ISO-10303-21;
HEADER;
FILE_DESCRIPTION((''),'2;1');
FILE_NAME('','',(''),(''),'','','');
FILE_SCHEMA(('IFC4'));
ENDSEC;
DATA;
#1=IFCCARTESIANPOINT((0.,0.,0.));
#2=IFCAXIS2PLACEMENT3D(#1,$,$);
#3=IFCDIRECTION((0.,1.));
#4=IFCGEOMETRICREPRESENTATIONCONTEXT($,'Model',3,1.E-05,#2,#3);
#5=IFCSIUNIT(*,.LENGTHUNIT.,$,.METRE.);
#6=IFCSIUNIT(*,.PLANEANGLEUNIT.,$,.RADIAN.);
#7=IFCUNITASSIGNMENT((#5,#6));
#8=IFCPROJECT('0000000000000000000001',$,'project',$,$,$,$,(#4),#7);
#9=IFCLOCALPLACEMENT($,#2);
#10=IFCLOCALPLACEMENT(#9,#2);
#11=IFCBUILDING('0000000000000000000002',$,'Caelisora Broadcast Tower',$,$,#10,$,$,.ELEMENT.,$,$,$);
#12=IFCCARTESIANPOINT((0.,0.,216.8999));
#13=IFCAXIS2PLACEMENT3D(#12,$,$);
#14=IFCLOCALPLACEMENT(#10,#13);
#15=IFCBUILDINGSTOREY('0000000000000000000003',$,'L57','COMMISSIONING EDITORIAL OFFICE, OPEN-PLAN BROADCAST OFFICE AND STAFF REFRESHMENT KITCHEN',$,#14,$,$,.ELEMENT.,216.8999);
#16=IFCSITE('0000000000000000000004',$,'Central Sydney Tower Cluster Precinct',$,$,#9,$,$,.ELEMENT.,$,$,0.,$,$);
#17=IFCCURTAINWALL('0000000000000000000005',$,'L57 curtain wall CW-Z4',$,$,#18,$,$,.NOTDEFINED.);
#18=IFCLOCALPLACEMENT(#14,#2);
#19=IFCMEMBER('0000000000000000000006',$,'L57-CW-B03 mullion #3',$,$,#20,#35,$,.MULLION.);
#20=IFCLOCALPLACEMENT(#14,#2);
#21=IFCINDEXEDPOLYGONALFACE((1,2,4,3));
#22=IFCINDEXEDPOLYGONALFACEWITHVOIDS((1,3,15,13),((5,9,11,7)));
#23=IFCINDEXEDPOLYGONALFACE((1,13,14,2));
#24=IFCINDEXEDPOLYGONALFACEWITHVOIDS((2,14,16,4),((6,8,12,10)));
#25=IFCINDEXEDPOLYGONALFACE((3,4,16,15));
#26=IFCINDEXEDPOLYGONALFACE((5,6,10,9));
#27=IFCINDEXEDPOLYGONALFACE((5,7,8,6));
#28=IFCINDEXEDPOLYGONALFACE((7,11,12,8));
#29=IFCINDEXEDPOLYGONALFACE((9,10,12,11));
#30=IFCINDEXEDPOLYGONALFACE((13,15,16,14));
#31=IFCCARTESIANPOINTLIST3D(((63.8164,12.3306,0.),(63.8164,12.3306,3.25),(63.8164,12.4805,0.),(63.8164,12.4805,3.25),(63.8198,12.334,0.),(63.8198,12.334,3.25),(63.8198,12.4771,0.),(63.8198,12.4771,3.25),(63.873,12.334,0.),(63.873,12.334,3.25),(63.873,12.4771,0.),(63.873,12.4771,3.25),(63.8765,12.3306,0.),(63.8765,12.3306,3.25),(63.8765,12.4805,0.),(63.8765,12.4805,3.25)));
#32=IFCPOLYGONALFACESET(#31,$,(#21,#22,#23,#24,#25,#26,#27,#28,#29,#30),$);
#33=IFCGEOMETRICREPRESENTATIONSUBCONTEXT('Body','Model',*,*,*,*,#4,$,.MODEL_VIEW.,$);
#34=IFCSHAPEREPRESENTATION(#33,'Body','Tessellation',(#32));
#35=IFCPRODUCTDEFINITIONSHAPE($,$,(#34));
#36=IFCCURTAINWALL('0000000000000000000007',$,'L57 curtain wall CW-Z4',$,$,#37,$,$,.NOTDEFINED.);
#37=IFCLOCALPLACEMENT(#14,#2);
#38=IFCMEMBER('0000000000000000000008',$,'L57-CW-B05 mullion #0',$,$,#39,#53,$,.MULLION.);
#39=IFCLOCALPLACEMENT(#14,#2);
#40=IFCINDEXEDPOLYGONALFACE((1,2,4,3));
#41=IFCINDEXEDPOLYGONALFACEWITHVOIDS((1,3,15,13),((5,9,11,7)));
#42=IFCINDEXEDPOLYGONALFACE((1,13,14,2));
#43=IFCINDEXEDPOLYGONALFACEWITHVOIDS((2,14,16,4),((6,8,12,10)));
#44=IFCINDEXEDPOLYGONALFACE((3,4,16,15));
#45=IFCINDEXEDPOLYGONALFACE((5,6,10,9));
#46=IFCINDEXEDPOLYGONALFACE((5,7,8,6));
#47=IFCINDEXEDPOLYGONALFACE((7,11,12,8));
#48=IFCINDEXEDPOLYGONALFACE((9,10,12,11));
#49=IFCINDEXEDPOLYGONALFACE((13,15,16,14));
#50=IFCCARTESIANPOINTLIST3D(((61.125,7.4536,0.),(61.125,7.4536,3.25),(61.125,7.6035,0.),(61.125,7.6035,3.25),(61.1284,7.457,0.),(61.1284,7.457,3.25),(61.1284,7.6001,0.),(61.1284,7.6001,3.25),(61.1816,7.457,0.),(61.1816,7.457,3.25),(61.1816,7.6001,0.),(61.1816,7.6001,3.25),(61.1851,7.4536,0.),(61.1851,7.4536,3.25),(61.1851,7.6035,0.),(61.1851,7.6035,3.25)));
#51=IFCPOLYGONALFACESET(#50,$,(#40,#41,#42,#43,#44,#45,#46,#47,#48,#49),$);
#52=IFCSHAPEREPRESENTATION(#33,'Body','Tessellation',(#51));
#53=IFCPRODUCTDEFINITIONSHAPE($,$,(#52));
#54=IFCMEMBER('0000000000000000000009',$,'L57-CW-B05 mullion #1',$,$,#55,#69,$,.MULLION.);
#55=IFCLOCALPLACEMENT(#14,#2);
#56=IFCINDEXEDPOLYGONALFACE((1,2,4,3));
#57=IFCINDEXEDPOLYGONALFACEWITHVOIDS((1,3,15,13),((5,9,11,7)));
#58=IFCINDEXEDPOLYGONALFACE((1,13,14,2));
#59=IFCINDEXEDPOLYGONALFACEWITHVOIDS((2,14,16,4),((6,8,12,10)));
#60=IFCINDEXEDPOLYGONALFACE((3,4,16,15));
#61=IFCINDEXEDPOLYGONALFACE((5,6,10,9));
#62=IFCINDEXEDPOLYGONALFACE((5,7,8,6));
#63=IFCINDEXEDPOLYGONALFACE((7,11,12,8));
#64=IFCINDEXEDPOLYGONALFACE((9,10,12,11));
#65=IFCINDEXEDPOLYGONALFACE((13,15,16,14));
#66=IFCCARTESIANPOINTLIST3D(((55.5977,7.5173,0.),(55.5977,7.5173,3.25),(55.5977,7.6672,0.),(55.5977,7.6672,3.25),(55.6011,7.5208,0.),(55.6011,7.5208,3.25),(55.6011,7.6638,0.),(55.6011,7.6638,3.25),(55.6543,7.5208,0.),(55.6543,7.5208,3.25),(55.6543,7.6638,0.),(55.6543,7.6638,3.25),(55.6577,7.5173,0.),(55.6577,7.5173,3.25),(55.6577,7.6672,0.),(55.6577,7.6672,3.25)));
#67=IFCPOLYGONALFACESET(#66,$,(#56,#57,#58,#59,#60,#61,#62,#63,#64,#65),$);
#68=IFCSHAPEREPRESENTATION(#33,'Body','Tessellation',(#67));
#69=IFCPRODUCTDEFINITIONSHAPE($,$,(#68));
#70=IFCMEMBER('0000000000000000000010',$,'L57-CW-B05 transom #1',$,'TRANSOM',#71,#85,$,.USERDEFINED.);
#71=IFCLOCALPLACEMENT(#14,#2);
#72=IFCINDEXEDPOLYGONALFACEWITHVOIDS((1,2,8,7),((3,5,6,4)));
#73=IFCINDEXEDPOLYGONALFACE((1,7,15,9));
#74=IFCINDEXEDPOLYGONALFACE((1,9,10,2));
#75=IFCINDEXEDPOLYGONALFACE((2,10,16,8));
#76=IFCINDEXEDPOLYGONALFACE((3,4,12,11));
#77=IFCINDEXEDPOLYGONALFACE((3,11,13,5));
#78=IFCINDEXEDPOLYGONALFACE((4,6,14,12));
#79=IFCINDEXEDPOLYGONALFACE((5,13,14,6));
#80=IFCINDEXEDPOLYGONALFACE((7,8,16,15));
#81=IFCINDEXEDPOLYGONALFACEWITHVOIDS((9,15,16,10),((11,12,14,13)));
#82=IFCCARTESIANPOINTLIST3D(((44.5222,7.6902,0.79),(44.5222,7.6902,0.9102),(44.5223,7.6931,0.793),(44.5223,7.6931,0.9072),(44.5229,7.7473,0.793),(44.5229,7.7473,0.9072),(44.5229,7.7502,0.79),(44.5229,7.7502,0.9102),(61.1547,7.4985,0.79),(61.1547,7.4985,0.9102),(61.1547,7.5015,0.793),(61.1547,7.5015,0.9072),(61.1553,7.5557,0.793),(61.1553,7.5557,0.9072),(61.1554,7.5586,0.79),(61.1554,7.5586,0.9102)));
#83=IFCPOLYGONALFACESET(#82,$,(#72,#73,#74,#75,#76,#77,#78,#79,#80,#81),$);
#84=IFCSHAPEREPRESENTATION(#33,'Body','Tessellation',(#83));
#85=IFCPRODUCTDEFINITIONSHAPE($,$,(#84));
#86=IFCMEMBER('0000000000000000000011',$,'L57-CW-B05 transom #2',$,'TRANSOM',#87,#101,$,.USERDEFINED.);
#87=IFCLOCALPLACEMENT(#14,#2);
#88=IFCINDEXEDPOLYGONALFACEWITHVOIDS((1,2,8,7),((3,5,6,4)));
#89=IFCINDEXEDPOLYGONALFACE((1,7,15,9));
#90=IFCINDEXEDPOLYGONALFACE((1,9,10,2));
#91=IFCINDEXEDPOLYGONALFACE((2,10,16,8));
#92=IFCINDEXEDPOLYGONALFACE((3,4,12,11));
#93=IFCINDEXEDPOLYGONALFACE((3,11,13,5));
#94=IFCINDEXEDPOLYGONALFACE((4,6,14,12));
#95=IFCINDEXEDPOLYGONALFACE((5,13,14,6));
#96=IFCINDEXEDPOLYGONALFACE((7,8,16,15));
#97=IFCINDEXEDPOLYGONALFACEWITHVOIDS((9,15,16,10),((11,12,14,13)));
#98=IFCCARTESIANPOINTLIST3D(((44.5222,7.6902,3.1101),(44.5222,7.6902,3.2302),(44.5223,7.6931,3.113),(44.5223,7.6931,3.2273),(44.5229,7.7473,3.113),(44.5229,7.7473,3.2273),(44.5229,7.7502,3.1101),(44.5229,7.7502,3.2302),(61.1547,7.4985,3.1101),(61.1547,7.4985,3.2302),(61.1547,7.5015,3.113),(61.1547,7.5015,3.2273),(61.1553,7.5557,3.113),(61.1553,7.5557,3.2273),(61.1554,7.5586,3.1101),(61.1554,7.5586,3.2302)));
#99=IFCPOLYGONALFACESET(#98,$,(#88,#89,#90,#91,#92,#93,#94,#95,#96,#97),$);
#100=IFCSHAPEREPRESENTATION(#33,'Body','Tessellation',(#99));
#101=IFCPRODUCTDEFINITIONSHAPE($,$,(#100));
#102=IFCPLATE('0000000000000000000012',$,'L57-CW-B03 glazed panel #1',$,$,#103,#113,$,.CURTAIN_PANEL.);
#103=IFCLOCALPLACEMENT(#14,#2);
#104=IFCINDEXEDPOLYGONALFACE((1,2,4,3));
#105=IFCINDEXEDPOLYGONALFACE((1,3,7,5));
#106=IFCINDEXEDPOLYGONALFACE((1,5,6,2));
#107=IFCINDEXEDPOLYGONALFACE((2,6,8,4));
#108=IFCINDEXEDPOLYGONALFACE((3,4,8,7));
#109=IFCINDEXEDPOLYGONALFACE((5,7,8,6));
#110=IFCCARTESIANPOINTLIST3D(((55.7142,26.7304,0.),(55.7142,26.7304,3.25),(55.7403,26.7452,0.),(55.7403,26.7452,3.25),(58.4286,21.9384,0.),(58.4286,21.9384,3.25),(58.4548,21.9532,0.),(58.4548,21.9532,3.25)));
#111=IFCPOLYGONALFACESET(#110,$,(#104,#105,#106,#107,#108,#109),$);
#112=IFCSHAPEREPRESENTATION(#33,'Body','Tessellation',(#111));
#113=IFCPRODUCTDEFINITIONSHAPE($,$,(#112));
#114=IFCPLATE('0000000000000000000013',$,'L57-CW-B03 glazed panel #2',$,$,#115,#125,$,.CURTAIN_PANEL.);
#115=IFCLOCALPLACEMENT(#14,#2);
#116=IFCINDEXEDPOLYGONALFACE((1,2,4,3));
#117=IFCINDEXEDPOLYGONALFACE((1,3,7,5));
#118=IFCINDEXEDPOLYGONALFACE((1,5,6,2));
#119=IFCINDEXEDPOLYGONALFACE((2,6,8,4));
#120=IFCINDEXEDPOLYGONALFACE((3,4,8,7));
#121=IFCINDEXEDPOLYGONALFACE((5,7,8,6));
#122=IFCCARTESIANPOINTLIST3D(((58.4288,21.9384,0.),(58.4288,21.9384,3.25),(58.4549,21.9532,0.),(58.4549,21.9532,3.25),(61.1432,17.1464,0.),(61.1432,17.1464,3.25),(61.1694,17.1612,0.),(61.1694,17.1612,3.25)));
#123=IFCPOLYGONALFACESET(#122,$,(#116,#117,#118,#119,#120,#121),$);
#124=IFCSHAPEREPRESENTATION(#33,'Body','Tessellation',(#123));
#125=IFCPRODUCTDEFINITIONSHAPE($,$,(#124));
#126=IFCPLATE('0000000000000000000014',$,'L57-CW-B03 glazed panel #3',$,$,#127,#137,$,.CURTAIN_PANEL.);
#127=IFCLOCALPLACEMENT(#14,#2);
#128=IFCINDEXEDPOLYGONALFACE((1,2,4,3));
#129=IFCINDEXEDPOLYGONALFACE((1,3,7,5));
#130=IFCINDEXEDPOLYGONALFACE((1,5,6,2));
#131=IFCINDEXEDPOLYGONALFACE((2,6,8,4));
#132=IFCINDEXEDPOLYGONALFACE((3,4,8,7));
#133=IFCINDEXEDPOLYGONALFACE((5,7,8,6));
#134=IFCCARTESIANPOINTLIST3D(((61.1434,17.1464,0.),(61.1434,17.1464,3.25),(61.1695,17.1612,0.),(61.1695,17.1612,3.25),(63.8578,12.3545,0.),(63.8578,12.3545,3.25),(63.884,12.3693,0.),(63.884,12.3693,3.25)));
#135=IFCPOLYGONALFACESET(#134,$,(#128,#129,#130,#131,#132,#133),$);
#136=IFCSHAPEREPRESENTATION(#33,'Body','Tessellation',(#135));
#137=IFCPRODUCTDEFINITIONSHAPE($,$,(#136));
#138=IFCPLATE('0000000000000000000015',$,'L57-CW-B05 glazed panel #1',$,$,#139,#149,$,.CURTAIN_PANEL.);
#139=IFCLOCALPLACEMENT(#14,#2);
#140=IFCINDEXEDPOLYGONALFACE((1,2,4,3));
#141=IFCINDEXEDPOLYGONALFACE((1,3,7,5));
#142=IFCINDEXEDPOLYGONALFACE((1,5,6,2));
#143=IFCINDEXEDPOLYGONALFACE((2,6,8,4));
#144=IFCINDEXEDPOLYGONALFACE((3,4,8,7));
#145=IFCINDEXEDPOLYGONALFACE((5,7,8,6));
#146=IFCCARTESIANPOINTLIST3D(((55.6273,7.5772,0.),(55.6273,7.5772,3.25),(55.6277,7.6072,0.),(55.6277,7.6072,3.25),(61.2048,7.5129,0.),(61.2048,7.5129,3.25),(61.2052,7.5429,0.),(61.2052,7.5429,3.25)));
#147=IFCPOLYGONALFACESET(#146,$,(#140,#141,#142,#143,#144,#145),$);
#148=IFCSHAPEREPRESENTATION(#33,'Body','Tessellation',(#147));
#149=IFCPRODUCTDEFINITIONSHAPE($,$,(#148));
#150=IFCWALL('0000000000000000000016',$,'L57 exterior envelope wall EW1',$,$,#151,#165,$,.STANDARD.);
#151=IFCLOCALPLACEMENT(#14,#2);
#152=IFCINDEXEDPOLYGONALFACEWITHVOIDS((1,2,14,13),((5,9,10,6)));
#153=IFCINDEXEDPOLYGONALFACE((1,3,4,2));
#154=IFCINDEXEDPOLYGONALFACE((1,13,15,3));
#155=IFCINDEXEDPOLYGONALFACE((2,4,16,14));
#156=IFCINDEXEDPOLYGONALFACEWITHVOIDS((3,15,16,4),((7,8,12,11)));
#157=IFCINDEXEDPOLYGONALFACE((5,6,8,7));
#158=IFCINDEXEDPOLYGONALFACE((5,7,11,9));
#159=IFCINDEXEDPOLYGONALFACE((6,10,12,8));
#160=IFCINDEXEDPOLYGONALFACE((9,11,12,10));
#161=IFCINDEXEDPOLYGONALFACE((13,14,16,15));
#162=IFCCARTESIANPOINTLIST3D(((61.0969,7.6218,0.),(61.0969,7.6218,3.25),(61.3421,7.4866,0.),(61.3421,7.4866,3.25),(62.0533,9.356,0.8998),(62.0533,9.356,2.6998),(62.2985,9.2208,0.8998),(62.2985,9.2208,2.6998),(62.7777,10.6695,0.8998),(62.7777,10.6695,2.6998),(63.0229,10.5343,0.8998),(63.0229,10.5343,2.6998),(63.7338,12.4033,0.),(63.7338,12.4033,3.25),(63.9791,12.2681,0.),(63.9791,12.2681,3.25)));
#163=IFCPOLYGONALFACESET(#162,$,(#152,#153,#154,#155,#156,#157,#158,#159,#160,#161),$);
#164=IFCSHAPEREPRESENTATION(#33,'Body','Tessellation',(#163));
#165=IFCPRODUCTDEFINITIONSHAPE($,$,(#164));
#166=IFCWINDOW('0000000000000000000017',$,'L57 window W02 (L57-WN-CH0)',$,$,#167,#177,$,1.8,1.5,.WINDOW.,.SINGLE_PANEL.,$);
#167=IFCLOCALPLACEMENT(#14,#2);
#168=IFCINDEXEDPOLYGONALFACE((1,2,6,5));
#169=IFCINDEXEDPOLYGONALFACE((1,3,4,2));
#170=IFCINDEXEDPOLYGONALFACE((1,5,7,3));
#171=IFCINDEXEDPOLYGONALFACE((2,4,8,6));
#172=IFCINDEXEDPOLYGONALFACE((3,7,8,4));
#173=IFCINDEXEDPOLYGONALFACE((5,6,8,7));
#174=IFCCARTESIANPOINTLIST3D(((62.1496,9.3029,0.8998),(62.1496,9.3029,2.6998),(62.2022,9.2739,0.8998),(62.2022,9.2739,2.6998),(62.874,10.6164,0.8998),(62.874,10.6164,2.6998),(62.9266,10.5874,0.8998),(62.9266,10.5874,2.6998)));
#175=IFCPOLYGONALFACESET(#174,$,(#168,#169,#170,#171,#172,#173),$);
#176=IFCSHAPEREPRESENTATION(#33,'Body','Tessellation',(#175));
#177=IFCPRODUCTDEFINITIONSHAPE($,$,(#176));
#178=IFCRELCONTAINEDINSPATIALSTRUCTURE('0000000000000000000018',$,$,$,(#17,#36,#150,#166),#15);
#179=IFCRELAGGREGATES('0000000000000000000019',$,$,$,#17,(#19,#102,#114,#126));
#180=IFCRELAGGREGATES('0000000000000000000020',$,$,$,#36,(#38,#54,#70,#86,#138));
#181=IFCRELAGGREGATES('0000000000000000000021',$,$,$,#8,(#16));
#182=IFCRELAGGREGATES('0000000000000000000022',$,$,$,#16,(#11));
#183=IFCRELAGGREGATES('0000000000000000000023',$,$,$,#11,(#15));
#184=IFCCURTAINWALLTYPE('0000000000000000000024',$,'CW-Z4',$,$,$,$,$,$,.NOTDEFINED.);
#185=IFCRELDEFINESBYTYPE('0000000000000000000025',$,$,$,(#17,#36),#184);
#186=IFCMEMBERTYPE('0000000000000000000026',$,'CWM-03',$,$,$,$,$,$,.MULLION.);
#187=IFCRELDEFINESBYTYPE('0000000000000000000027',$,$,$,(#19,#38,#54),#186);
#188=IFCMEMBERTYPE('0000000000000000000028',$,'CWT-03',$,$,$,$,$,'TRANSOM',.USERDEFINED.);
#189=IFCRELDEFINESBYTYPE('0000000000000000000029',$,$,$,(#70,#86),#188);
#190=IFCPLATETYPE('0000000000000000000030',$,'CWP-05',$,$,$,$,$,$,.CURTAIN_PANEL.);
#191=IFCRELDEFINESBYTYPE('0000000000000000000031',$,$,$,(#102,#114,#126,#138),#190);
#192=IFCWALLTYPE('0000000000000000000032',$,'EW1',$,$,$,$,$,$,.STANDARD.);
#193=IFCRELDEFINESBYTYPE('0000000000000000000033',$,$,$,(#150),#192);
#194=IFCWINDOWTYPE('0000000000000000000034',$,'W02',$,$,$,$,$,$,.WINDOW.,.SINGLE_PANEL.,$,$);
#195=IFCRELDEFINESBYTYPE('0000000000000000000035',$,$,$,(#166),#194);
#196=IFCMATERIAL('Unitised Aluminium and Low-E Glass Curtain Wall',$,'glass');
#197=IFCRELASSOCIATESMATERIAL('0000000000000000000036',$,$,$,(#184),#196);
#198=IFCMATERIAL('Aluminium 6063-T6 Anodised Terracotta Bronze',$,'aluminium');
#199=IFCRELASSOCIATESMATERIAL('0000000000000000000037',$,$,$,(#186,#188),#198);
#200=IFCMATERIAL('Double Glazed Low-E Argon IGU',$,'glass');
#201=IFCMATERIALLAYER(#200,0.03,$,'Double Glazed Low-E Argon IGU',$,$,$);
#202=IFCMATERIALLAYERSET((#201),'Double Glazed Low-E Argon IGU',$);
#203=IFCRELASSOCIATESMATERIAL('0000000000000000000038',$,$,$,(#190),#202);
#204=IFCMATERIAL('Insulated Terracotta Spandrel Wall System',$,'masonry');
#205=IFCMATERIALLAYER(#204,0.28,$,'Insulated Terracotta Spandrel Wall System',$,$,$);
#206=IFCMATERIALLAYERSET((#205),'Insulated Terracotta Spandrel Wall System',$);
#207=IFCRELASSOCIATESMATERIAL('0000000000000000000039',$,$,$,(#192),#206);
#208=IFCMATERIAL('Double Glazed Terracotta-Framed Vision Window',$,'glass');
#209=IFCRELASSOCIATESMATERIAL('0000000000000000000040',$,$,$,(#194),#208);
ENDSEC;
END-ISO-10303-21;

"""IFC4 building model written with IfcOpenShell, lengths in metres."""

from ifc_helpers import new_model, si_unit, direction, frame, frame_2d, origin, origin_2d, place, context, subcontext, project, spatial, rectangle, hollow_rectangle, extrude, source, transform, mapped, material, layer, layer_set, material_profile, profile_set, type_object, type_shapes, element, fill, aggregate, save


model = new_model("IFC4")

# Units and contexts
model_context = context("Model", 3, precision=1e-05, world=origin(), true_north=direction((0.0, 1.0)))
body_context = subcontext(model_context, "Body", "Model", "MODEL_VIEW")
ifc_project = project(units=[si_unit("LENGTHUNIT", "METRE"), si_unit("PLANEANGLEUNIT", "RADIAN")], contexts=[model_context])

# Site, building, storey
site_placement = place(None, origin())
site = spatial("IfcSite", under=ifc_project, at=site_placement, Name="Central Sydney Tower Cluster Precinct", CompositionType="ELEMENT", RefElevation=0.0)
building_placement = place(site_placement, origin())
building = spatial("IfcBuilding", under=site, at=building_placement, Name="Caelisora Broadcast Tower", CompositionType="ELEMENT")
storey_placement = place(building_placement, frame((0.0, 0.0, 216.8999)))
storey = spatial("IfcBuildingStorey", under=building, at=storey_placement, Name="L57", Description="COMMISSIONING EDITORIAL OFFICE, OPEN-PLAN BROADCAST OFFICE AND STAFF REFRESHMENT KITCHEN", CompositionType="ELEMENT", Elevation=216.8999)

# Curtain walls, members
ifc_material_1 = material(Name="Unitised Aluminium and Low-E Glass Curtain Wall", Category="glass")
curtain_wall_type = type_object("IfcCurtainWallType", Name="CW-Z4", PredefinedType="NOTDEFINED", material=ifc_material_1)
curtain_wall_1_placement = place(storey_placement, origin())
curtain_wall_1 = element("IfcCurtainWall", 1, at=curtain_wall_1_placement, inside=storey, type_object=curtain_wall_type, Name="L57 curtain wall CW-Z4", PredefinedType="NOTDEFINED")
ifc_material_2 = material(Name="Aluminium 6063-T6 Anodised Terracotta Bronze", Category="aluminium")
ifc_material_profile_1 = material_profile(ifc_material_2, hollow_rectangle(XDim=0.0601, YDim=0.1499, WallThickness=0.0034, at=origin_2d()), Name="Aluminium 6063-T6 Anodised Terracotta Bronze")
ifc_profile_set_1 = profile_set([ifc_material_profile_1], Name="Aluminium 6063-T6 Anodised Terracotta Bronze")
member_type_1 = type_object("IfcMemberType", Name="CWM-03", PredefinedType="MULLION", material=ifc_profile_set_1)
shared_shape_1 = source(origin(), body_context, "Body", "SweptSolid", [
    extrude(hollow_rectangle(XDim=0.0601, YDim=0.1499, WallThickness=0.0034, at=origin_2d()), origin(), (0.0, 0.0, 1.0), 3.25),
])
type_shapes(member_type_1, [shared_shape_1])
member_1_placement = place(storey_placement, frame((63.8464, 12.4055, 0.0), z_axis=(0.0, 0.0, 1.0), x_axis=(1.0, 0.0, 0.0)))
member_1 = element("IfcMember", 2, at=member_1_placement, type_object=member_type_1, Name="L57-CW-B03 mullion #3", PredefinedType="MULLION", context=body_context, shape_type="MappedRepresentation", body=[
    mapped(shared_shape_1, transform((0.0, 0.0, 0.0), scale=1.0)),
])
curtain_wall_2_placement = place(storey_placement, origin())
curtain_wall_2 = element("IfcCurtainWall", 3, at=curtain_wall_2_placement, inside=storey, type_object=curtain_wall_type, Name="L57 curtain wall CW-Z4", PredefinedType="NOTDEFINED")
member_2_placement = place(storey_placement, frame((61.155, 7.5286, 0.0), z_axis=(0.0, 0.0, 1.0), x_axis=(1.0, 0.0, 0.0)))
member_2 = element("IfcMember", 4, at=member_2_placement, type_object=member_type_1, Name="L57-CW-B05 mullion #0", PredefinedType="MULLION", context=body_context, shape_type="MappedRepresentation", body=[
    mapped(shared_shape_1, transform((0.0, 0.0, 0.0), scale=1.0)),
])
member_3_placement = place(storey_placement, frame((55.6277, 7.5923, 0.0), z_axis=(0.0, 0.0, 1.0), x_axis=(1.0, 0.0, 0.0)))
member_3 = element("IfcMember", 5, at=member_3_placement, type_object=member_type_1, Name="L57-CW-B05 mullion #1", PredefinedType="MULLION", context=body_context, shape_type="MappedRepresentation", body=[
    mapped(shared_shape_1, transform((0.0, 0.0, 0.0), scale=1.0)),
])
ifc_material_profile_2 = material_profile(ifc_material_2, hollow_rectangle(XDim=0.0601, YDim=0.1201, WallThickness=0.0029, at=origin_2d()), Name="Aluminium 6063-T6 Anodised Terracotta Bronze")
ifc_profile_set_2 = profile_set([ifc_material_profile_2], Name="Aluminium 6063-T6 Anodised Terracotta Bronze")
member_type_2 = type_object("IfcMemberType", Name="CWT-03", ElementType="TRANSOM", PredefinedType="USERDEFINED", material=ifc_profile_set_2)
shared_shape_2 = source(origin(), body_context, "Body", "SweptSolid", [
    extrude(hollow_rectangle(XDim=0.0601, YDim=0.1201, WallThickness=0.0029, at=origin_2d()), origin(), (0.0, 0.0, 1.0), 16.6335),
])
type_shapes(member_type_2, [shared_shape_2])
member_4_placement = place(storey_placement, frame((61.155, 7.5286, 0.8501), z_axis=(-0.999934, 0.011522, 0.0), x_axis=(-0.011522, -0.999934, 0.0)))
member_4 = element("IfcMember", 6, at=member_4_placement, type_object=member_type_2, Name="L57-CW-B05 transom #1", ObjectType="TRANSOM", PredefinedType="USERDEFINED", context=body_context, shape_type="MappedRepresentation", body=[
    mapped(shared_shape_2, transform((0.0, 0.0, 0.0), scale=1.0)),
])
member_5_placement = place(storey_placement, frame((61.155, 7.5286, 3.1702), z_axis=(-0.999934, 0.011522, 0.0), x_axis=(-0.011522, -0.999934, 0.0)))
member_5 = element("IfcMember", 7, at=member_5_placement, type_object=member_type_2, Name="L57-CW-B05 transom #2", ObjectType="TRANSOM", PredefinedType="USERDEFINED", context=body_context, shape_type="MappedRepresentation", body=[
    mapped(shared_shape_2, transform((0.0, 0.0, 0.0), scale=1.0)),
])

# Plates
ifc_material_3 = material(Name="Double Glazed Low-E Argon IGU", Category="glass")
ifc_layer_1 = layer(ifc_material_3, 0.03, Name="Double Glazed Low-E Argon IGU")
ifc_layer_set_1 = layer_set([ifc_layer_1], Name="Double Glazed Low-E Argon IGU")
plate_type = type_object("IfcPlateType", Name="CWP-05", PredefinedType="CURTAIN_PANEL", material=ifc_layer_set_1)
shared_shape_3 = source(origin(), body_context, "Body", "SweptSolid", [
    extrude(rectangle(XDim=5.5073, YDim=0.03, at=origin_2d()), origin(), (0.0, 0.0, 1.0), 3.25),
])
plate_1_placement = place(storey_placement, frame((57.0845, 24.3418, 0.0), z_axis=(0.0, 0.0, 1.0), x_axis=(0.492879, -0.870098, 0.0)))
plate_1 = element("IfcPlate", 8, at=plate_1_placement, type_object=plate_type, Name="L57-CW-B03 glazed panel #1", PredefinedType="CURTAIN_PANEL", context=body_context, shape_type="MappedRepresentation", body=[
    mapped(shared_shape_3, transform((0.0, 0.0, 0.0), scale=1.0)),
])
plate_2_placement = place(storey_placement, frame((59.7991, 19.5498, 0.0), z_axis=(0.0, 0.0, 1.0), x_axis=(0.492879, -0.870098, 0.0)))
plate_2 = element("IfcPlate", 9, at=plate_2_placement, type_object=plate_type, Name="L57-CW-B03 glazed panel #2", PredefinedType="CURTAIN_PANEL", context=body_context, shape_type="MappedRepresentation", body=[
    mapped(shared_shape_3, transform((0.0, 0.0, 0.0), scale=1.0)),
])
plate_3_placement = place(storey_placement, frame((62.5137, 14.7578, 0.0), z_axis=(0.0, 0.0, 1.0), x_axis=(0.492879, -0.870098, 0.0)))
plate_3 = element("IfcPlate", 10, at=plate_3_placement, type_object=plate_type, Name="L57-CW-B03 glazed panel #3", PredefinedType="CURTAIN_PANEL", context=body_context, shape_type="MappedRepresentation", body=[
    mapped(shared_shape_3, transform((0.0, 0.0, 0.0), scale=1.0)),
])
aggregate(curtain_wall_1, [member_1, plate_1, plate_2, plate_3])
shared_shape_4 = source(origin(), body_context, "Body", "SweptSolid", [
    extrude(rectangle(XDim=5.5779, YDim=0.03, at=origin_2d()), origin(), (0.0, 0.0, 1.0), 3.25),
])
type_shapes(plate_type, [shared_shape_3, shared_shape_4])
plate_4_placement = place(storey_placement, frame((58.4163, 7.5601, 0.0), z_axis=(0.0, 0.0, 1.0), x_axis=(-0.999934, 0.011519, 0.0)))
plate_4 = element("IfcPlate", 11, at=plate_4_placement, type_object=plate_type, Name="L57-CW-B05 glazed panel #1", PredefinedType="CURTAIN_PANEL", context=body_context, shape_type="MappedRepresentation", body=[
    mapped(shared_shape_4, transform((0.0, 0.0, 0.0), scale=1.0)),
])
aggregate(curtain_wall_2, [member_2, member_3, member_4, member_5, plate_4])

# Wall, opening, window
ifc_material_4 = material(Name="Insulated Terracotta Spandrel Wall System", Category="masonry")
ifc_layer_2 = layer(ifc_material_4, 0.28, Name="Insulated Terracotta Spandrel Wall System")
ifc_layer_set_2 = layer_set([ifc_layer_2], Name="Insulated Terracotta Spandrel Wall System")
wall_type = type_object("IfcWallType", Name="EW1", PredefinedType="STANDARD", material=ifc_layer_set_2)
wall_placement = place(storey_placement, frame((63.8564, 12.3357, 0.0), z_axis=(0.0, 0.0, 1.0), x_axis=(-0.482922, -0.875663, 0.0)))
wall = element("IfcWall", 12, at=wall_placement, inside=storey, type_object=wall_type, Name="L57 exterior envelope wall EW1", PredefinedType="STANDARD", context=body_context, shape_type="SweptSolid", body=[
    extrude(rectangle(XDim=5.4604, YDim=0.28, at=frame_2d((2.7302, 0.0))), origin(), (0.0, 0.0, 1.0), 3.25),
])
opening_placement = place(wall_placement, frame((1.98, 0.0, 0.8999)))
opening = element("IfcOpeningElement", 13, at=opening_placement, cuts=wall, PredefinedType="OPENING", context=body_context, shape_type="SweptSolid", body=[
    extrude(rectangle(XDim=1.5, YDim=1.8, at=frame_2d((0.75, 0.8999))), frame((0.0, 0.1521, 0.0), z_axis=(0.0, -1.0, 0.0), x_axis=(1.0, 0.0, 0.0)), (0.0, 0.0, 1.0), 0.304),
])
ifc_material_5 = material(Name="Double Glazed Terracotta-Framed Vision Window", Category="glass")
window_type = type_object("IfcWindowType", Name="W02", PartitioningType="SINGLE_PANEL", PredefinedType="WINDOW", material=ifc_material_5)
window_placement = place(opening_placement, origin())
window = element("IfcWindow", 14, at=window_placement, inside=storey, type_object=window_type, Name="L57 window W02 (L57-WN-CH0)", OverallHeight=1.8, OverallWidth=1.5, PartitioningType="SINGLE_PANEL", PredefinedType="WINDOW", context=body_context, shape_type="SweptSolid", body=[
    extrude(rectangle(XDim=1.5, YDim=1.8, at=frame_2d((0.75, 0.8999))), frame((0.0, 0.03, 0.0), z_axis=(0.0, -1.0, 0.0), x_axis=(1.0, 0.0, 0.0)), (0.0, 0.0, 1.0), 0.0601),
])
fill(opening, window)

save(model, "model.ifc")
